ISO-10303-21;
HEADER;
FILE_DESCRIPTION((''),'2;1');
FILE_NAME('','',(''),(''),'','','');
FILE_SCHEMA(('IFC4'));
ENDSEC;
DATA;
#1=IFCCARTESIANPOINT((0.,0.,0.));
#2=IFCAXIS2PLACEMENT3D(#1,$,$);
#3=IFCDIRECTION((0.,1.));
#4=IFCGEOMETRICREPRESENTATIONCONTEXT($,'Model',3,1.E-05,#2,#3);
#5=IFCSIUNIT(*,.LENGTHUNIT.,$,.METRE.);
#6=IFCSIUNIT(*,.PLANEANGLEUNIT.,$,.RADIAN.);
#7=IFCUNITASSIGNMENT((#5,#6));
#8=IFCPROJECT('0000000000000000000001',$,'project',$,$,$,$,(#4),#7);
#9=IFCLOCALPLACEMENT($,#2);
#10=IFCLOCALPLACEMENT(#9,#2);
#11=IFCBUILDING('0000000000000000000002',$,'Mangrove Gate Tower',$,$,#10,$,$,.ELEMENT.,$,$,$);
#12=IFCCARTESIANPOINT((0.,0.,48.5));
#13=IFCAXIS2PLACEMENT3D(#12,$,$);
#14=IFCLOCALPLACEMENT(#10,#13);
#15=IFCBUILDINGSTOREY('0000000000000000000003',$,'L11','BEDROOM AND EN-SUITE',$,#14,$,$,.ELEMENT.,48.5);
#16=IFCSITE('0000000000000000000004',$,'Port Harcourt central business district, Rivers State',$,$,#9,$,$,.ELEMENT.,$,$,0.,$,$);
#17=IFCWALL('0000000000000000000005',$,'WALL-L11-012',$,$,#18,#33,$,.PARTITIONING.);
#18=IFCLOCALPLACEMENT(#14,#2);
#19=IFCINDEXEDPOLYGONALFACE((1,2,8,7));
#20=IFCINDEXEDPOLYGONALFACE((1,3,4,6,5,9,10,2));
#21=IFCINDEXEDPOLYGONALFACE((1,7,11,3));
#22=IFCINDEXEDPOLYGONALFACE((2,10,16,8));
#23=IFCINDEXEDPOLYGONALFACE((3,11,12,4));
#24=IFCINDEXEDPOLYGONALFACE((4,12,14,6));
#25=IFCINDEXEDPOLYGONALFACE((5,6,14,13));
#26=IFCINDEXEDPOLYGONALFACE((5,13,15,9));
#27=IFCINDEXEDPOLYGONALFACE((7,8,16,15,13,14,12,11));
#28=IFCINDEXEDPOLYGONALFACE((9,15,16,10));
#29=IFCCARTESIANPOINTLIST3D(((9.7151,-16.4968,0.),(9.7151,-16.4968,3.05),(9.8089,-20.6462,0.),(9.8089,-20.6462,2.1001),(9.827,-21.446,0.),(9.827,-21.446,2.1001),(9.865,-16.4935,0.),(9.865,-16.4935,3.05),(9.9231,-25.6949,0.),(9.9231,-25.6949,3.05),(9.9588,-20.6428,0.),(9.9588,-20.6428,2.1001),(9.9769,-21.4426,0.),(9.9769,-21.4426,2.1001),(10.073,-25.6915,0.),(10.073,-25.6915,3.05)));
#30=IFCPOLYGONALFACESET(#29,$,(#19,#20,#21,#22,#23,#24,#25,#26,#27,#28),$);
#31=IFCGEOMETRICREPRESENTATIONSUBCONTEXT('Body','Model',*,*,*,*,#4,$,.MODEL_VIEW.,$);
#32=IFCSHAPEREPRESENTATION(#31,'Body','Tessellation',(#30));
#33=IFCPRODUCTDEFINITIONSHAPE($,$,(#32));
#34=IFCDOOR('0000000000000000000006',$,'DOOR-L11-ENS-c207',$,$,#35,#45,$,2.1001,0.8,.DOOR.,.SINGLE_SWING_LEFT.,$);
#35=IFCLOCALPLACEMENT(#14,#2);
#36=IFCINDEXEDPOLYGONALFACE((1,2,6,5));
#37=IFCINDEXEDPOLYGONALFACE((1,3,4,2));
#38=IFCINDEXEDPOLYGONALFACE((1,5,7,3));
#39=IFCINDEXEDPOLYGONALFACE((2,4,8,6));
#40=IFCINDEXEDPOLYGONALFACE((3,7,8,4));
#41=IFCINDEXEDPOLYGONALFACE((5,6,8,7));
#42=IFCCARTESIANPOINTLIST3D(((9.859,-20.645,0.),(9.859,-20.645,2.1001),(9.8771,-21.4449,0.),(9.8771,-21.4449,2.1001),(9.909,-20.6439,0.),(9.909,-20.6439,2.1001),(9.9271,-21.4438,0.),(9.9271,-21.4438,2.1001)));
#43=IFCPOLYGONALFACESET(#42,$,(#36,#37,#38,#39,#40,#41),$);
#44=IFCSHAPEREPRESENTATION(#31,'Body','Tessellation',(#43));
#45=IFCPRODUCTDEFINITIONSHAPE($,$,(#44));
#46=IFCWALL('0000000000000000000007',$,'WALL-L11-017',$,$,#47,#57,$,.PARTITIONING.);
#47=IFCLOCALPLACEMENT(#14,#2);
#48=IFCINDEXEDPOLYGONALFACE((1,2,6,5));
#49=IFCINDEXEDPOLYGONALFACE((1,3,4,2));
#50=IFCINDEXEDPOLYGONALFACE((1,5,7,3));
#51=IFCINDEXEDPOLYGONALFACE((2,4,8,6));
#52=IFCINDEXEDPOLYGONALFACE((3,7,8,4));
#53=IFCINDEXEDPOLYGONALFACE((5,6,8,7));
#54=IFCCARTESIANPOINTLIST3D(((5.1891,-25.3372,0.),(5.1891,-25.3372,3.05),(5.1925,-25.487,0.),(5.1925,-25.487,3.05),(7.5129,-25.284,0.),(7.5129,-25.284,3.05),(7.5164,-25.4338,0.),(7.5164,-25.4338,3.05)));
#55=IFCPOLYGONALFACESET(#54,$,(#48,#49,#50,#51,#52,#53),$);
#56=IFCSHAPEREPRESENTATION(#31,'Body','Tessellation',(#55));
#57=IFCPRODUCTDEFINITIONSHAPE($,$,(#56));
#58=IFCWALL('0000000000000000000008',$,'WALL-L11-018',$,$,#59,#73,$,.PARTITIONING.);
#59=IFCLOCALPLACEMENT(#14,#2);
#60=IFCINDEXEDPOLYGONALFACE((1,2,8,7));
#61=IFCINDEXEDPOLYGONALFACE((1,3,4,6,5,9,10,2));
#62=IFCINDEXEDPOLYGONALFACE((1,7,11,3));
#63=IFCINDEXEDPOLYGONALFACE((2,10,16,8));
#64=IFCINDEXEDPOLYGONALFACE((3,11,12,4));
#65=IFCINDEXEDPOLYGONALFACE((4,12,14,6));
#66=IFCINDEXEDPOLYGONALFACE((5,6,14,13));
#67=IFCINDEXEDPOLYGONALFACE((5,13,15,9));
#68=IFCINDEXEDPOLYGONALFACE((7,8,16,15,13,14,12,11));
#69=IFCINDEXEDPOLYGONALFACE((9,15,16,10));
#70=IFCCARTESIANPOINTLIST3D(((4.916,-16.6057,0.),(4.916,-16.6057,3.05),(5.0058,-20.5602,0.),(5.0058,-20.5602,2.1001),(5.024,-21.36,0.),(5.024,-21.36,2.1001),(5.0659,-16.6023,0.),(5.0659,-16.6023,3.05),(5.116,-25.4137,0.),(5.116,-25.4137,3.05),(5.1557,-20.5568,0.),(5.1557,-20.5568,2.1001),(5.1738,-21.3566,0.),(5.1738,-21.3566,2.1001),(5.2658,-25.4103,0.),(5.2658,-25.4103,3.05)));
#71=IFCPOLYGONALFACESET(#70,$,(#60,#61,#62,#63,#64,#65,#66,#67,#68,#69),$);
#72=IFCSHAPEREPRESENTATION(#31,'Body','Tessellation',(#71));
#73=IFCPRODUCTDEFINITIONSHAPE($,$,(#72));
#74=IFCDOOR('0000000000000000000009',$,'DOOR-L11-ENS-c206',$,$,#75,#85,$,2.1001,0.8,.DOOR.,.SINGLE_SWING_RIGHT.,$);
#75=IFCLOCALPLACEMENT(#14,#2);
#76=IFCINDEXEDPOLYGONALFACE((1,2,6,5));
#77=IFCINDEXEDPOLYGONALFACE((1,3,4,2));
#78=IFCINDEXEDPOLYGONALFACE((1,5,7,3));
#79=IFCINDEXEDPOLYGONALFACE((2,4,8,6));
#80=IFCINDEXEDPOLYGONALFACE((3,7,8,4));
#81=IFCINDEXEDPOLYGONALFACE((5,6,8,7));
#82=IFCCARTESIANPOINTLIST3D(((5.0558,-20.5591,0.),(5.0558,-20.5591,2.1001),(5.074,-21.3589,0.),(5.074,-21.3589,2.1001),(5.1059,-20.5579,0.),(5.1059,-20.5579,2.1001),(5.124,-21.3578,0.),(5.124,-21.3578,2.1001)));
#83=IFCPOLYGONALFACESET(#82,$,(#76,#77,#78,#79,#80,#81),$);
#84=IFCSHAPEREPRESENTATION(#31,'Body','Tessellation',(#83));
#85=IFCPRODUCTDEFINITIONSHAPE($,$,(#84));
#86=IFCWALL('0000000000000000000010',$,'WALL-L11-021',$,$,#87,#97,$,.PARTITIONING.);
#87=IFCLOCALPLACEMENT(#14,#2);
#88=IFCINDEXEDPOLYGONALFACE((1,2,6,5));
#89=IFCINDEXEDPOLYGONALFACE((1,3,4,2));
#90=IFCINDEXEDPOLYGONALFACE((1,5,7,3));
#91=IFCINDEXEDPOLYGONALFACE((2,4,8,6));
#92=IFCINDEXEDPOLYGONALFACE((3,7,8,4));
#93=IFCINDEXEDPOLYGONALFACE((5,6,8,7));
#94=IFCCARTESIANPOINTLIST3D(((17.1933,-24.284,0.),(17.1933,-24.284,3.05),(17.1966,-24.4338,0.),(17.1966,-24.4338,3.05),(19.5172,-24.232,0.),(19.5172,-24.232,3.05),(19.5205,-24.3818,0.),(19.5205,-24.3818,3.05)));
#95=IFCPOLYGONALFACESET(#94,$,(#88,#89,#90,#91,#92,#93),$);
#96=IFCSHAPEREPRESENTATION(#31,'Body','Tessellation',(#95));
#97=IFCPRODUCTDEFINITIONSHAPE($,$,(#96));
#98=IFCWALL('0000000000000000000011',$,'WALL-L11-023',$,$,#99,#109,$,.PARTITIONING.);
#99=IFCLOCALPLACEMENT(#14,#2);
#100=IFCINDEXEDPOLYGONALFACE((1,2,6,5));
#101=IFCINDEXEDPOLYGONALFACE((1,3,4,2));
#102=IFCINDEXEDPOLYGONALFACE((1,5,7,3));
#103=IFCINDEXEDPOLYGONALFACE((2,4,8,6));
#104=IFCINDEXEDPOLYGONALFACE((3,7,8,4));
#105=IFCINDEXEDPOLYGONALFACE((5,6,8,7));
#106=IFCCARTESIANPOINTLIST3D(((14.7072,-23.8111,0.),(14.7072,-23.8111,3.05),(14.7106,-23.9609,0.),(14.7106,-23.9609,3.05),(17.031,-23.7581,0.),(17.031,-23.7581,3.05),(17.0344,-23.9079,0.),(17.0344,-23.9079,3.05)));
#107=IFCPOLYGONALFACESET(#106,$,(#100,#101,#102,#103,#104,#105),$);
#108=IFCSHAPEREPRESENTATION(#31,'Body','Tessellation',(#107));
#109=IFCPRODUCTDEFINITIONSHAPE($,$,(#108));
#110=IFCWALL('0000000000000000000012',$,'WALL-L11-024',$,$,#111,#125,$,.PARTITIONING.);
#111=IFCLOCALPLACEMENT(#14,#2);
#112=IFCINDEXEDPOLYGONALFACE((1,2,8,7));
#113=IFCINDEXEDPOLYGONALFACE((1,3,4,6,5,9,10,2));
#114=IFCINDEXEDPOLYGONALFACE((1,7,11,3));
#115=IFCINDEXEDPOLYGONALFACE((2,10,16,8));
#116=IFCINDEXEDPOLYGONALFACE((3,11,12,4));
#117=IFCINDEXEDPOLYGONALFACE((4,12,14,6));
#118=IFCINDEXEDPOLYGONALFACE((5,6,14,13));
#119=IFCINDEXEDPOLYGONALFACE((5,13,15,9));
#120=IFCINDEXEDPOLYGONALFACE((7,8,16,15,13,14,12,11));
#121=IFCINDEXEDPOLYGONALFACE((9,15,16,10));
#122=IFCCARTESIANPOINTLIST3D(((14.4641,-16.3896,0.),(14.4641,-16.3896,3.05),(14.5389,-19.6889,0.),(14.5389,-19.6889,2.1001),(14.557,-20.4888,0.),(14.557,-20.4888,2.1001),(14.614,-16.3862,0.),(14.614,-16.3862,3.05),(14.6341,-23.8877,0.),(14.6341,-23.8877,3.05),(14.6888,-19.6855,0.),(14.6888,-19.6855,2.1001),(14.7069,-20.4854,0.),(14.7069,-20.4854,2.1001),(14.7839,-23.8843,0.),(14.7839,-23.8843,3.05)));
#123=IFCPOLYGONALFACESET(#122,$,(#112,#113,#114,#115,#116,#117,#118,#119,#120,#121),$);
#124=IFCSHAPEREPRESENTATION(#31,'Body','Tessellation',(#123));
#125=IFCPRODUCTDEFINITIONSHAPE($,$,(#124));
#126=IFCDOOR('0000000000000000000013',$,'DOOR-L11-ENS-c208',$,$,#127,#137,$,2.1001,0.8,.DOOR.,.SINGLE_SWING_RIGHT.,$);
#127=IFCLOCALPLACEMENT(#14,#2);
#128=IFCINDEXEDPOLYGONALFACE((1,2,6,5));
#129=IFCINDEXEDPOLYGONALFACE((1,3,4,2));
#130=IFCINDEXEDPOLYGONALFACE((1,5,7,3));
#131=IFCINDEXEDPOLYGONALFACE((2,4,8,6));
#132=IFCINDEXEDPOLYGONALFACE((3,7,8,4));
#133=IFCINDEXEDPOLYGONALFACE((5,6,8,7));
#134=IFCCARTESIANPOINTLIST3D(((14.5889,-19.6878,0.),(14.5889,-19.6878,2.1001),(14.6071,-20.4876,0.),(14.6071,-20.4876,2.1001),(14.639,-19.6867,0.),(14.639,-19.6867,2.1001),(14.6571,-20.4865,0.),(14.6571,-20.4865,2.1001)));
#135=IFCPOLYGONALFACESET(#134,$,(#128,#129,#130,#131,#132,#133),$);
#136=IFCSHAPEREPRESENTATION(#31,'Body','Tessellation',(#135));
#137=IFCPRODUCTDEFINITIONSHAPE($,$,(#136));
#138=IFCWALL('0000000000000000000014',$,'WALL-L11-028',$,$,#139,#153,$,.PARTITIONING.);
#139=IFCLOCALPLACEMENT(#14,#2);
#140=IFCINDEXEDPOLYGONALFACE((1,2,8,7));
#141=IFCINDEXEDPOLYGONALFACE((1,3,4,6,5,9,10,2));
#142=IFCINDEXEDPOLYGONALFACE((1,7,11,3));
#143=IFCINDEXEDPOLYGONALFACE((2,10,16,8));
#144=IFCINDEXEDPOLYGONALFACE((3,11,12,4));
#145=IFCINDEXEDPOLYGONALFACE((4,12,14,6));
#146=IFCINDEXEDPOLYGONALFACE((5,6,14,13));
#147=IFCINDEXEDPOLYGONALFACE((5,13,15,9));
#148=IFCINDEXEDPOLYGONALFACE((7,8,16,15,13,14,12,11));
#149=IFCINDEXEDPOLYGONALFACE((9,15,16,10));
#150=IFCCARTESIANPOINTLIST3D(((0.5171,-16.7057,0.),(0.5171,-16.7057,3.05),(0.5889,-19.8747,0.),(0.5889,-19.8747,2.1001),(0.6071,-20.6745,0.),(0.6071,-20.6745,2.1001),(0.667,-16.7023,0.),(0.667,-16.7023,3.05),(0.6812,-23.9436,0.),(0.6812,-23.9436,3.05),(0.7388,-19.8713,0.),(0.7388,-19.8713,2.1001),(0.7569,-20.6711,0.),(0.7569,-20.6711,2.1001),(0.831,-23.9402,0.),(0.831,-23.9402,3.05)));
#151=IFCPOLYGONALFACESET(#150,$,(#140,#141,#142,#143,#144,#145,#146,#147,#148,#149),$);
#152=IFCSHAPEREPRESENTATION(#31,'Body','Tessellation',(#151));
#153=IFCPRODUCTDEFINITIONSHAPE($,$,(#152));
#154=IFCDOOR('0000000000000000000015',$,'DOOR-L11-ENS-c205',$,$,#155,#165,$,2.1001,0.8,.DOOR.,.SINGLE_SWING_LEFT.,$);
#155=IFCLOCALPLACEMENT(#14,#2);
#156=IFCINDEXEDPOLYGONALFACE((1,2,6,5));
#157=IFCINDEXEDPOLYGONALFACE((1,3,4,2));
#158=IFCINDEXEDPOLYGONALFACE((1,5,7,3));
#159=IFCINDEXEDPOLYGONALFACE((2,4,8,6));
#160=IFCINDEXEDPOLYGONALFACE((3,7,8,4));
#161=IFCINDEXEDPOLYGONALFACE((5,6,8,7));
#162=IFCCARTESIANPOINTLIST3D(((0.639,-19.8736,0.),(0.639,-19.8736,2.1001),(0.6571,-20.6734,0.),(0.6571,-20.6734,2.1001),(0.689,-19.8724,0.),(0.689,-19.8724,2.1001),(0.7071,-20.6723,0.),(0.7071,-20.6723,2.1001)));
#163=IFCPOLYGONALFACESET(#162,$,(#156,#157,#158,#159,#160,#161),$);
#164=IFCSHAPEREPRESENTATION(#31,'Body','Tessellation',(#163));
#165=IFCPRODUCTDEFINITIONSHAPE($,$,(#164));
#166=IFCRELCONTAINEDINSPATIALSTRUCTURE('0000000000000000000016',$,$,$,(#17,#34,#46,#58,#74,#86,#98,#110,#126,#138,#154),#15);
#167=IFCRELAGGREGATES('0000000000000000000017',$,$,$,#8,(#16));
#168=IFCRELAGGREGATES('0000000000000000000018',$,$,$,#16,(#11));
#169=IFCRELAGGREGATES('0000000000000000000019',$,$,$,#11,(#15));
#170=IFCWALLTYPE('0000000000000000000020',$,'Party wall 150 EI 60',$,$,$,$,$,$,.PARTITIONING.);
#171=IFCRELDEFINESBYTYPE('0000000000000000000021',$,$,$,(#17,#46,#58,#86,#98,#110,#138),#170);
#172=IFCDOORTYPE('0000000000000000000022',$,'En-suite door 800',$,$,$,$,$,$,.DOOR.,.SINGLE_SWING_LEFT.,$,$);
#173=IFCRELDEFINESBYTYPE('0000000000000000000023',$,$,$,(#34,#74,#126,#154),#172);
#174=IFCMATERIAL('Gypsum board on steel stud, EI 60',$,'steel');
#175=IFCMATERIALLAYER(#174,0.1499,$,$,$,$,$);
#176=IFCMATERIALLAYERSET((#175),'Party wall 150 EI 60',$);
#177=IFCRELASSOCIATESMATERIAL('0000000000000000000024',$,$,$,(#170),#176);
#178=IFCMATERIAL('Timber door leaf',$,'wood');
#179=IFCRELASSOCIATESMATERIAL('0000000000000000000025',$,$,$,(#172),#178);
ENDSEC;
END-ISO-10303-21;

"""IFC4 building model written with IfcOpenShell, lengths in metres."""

from ifc_helpers import new_model, si_unit, direction, frame, frame_2d, origin, place, context, subcontext, project, spatial, rectangle, extrude, material, layer, layer_set, type_object, element, fill, save


model = new_model("IFC4")

# Units and contexts
model_context = context("Model", 3, precision=1e-05, world=origin(), true_north=direction((0.0, 1.0)))
body_context = subcontext(model_context, "Body", "Model", "MODEL_VIEW")
ifc_project = project(units=[si_unit("LENGTHUNIT", "METRE"), si_unit("PLANEANGLEUNIT", "RADIAN")], contexts=[model_context])

# Site, building, storey
site_placement = place(None, origin())
site = spatial("IfcSite", under=ifc_project, at=site_placement, Name="Port Harcourt central business district, Rivers State", CompositionType="ELEMENT", RefElevation=0.0)
building_placement = place(site_placement, origin())
building = spatial("IfcBuilding", under=site, at=building_placement, Name="Mangrove Gate Tower", CompositionType="ELEMENT")
storey_placement = place(building_placement, frame((0.0, 0.0, 48.5)))
storey = spatial("IfcBuildingStorey", under=building, at=storey_placement, Name="L11", Description="BEDROOM AND EN-SUITE", CompositionType="ELEMENT", Elevation=48.5)

# Shared definitions
ifc_material_1 = material(Name="Gypsum board on steel stud, EI 60", Category="steel")
ifc_layer_1 = layer(ifc_material_1, 0.1499)
ifc_layer_set_1 = layer_set([ifc_layer_1], Name="Party wall 150 EI 60")
wall_type_1 = type_object("IfcWallType", Name="Party wall 150 EI 60", PredefinedType="PARTITIONING", material=ifc_layer_set_1)

# Wall, opening, door
wall_1_placement = place(storey_placement, frame((9.998, -25.6931, 0.0), z_axis=(0.0, 0.0, 1.0), x_axis=(-0.022609, 0.999744, 0.0)))
wall_1 = element("IfcWall", 1, at=wall_1_placement, inside=storey, type_object=wall_type_1, Name="WALL-L11-012", PredefinedType="PARTITIONING", context=body_context, shape_type="SweptSolid", body=[
    extrude(rectangle(XDim=9.2004, YDim=0.1499, at=frame_2d((4.6001, 0.0))), origin(), (0.0, 0.0, 1.0), 3.05),
])
opening_1_placement = place(wall_1_placement, frame((4.25, 0.0, 0.0)))
opening_1 = element("IfcOpeningElement", 2, at=opening_1_placement, cuts=wall_1, PredefinedType="OPENING", context=body_context, shape_type="SweptSolid", body=[
    extrude(rectangle(XDim=0.8, YDim=2.1001, at=frame_2d((0.3999, 1.05))), frame((0.0, 0.085, 0.0), z_axis=(0.0, -1.0, 0.0), x_axis=(1.0, 0.0, 0.0)), (0.0, 0.0, 1.0), 0.1699),
])
ifc_material_2 = material(Name="Timber door leaf", Category="wood")
door_type_1 = type_object("IfcDoorType", Name="En-suite door 800", OperationType="SINGLE_SWING_LEFT", PredefinedType="DOOR", material=ifc_material_2)
door_1_placement = place(opening_1_placement, origin())
door_1 = element("IfcDoor", 3, at=door_1_placement, inside=storey, type_object=door_type_1, Name="DOOR-L11-ENS-c207", OperationType="SINGLE_SWING_LEFT", OverallHeight=2.1001, OverallWidth=0.8, PredefinedType="DOOR", context=body_context, shape_type="SweptSolid", body=[
    extrude(rectangle(XDim=0.8, YDim=2.1001, at=frame_2d((0.3999, 1.05))), frame((0.0, 0.0249, 0.0), z_axis=(0.0, -1.0, 0.0), x_axis=(1.0, 0.0, 0.0)), (0.0, 0.0, 1.0), 0.05),
])
fill(opening_1, door_1)

# Wall
wall_2_placement = place(storey_placement, frame((5.1909, -25.4121, 0.0), z_axis=(0.0, 0.0, 1.0), x_axis=(0.999738, 0.022896, 0.0)))
element("IfcWall", 4, at=wall_2_placement, inside=storey, type_object=wall_type_1, Name="WALL-L11-017", PredefinedType="PARTITIONING", context=body_context, shape_type="SweptSolid", body=[
    extrude(rectangle(XDim=2.3245, YDim=0.1499, at=frame_2d((1.1621, 0.0))), origin(), (0.0, 0.0, 1.0), 3.05),
])

# Wall, opening, door
wall_3_placement = place(storey_placement, frame((5.1909, -25.4121, 0.0), z_axis=(0.0, 0.0, 1.0), x_axis=(-0.022695, 0.999742, 0.0)))
wall_3 = element("IfcWall", 5, at=wall_3_placement, inside=storey, type_object=wall_type_1, Name="WALL-L11-018", PredefinedType="PARTITIONING", context=body_context, shape_type="SweptSolid", body=[
    extrude(rectangle(XDim=8.8103, YDim=0.1499, at=frame_2d((4.4053, 0.0))), origin(), (0.0, 0.0, 1.0), 3.05),
])
opening_2_placement = place(wall_3_placement, frame((4.0549, 0.0, 0.0)))
opening_2 = element("IfcOpeningElement", 6, at=opening_2_placement, cuts=wall_3, PredefinedType="OPENING", context=body_context, shape_type="SweptSolid", body=[
    extrude(rectangle(XDim=0.8, YDim=2.1001, at=frame_2d((0.3999, 1.05))), frame((0.0, 0.085, 0.0), z_axis=(0.0, -1.0, 0.0), x_axis=(1.0, 0.0, 0.0)), (0.0, 0.0, 1.0), 0.1699),
])
door_2_placement = place(opening_2_placement, origin())
door_2 = element("IfcDoor", 7, at=door_2_placement, inside=storey, type_object=door_type_1, Name="DOOR-L11-ENS-c206", OperationType="SINGLE_SWING_RIGHT", OverallHeight=2.1001, OverallWidth=0.8, PredefinedType="DOOR", context=body_context, shape_type="SweptSolid", body=[
    extrude(rectangle(XDim=0.8, YDim=2.1001, at=frame_2d((0.3999, 1.05))), frame((0.0, 0.0249, 0.0), z_axis=(0.0, -1.0, 0.0), x_axis=(1.0, 0.0, 0.0)), (0.0, 0.0, 1.0), 0.05),
])
fill(opening_2, door_2)

# Walls
for number, where, z_axis, x_axis, name in (
    (8, (17.1951, -24.3589, 0.0), (0.0, 0.0, 1.0), (0.99975, 0.022371, 0.0), "WALL-L11-021"),
    (9, (14.709, -23.886, 0.0), (0.0, 0.0, 1.0), (0.99974, 0.022791, 0.0), "WALL-L11-023"),
):
    element("IfcWall", number, at=place(storey_placement, frame(where, z_axis=z_axis, x_axis=x_axis)), inside=storey, type_object=wall_type_1, Name=name, PredefinedType="PARTITIONING", context=body_context, shape_type="SweptSolid", body=[
        extrude(rectangle(XDim=2.3245, YDim=0.1499, at=frame_2d((1.1621, 0.0))), origin(), (0.0, 0.0, 1.0), 3.05),
    ])

# Walls, openings, doors
wall_4_placement = place(storey_placement, frame((14.709, -23.886, 0.0), z_axis=(0.0, 0.0, 1.0), x_axis=(-0.022656, 0.999743, 0.0)))
wall_4 = element("IfcWall", 10, at=wall_4_placement, inside=storey, type_object=wall_type_1, Name="WALL-L11-024", PredefinedType="PARTITIONING", context=body_context, shape_type="SweptSolid", body=[
    extrude(rectangle(XDim=7.5, YDim=0.1499, at=frame_2d((3.75, 0.0))), origin(), (0.0, 0.0, 1.0), 3.05),
])
opening_3_placement = place(wall_4_placement, frame((3.3999, 0.0, 0.0)))
opening_3 = element("IfcOpeningElement", 11, at=opening_3_placement, cuts=wall_4, PredefinedType="OPENING", context=body_context, shape_type="SweptSolid", body=[
    extrude(rectangle(XDim=0.8, YDim=2.1001, at=frame_2d((0.3999, 1.05))), frame((0.0, 0.085, 0.0), z_axis=(0.0, -1.0, 0.0), x_axis=(1.0, 0.0, 0.0)), (0.0, 0.0, 1.0), 0.1699),
])
door_3_placement = place(opening_3_placement, origin())
door_3 = element("IfcDoor", 12, at=door_3_placement, inside=storey, type_object=door_type_1, Name="DOOR-L11-ENS-c208", OperationType="SINGLE_SWING_RIGHT", OverallHeight=2.1001, OverallWidth=0.8, PredefinedType="DOOR", context=body_context, shape_type="SweptSolid", body=[
    extrude(rectangle(XDim=0.8, YDim=2.1001, at=frame_2d((0.3999, 1.05))), frame((0.0, 0.0249, 0.0), z_axis=(0.0, -1.0, 0.0), x_axis=(1.0, 0.0, 0.0)), (0.0, 0.0, 1.0), 0.05),
])
fill(opening_3, door_3)
wall_5_placement = place(storey_placement, frame((0.7561, -23.9419, 0.0), z_axis=(0.0, 0.0, 1.0), x_axis=(-0.022662, 0.999743, 0.0)))
wall_5 = element("IfcWall", 13, at=wall_5_placement, inside=storey, type_object=wall_type_1, Name="WALL-L11-028", PredefinedType="PARTITIONING", context=body_context, shape_type="SweptSolid", body=[
    extrude(rectangle(XDim=7.2397, YDim=0.1499, at=frame_2d((3.6199, 0.0))), origin(), (0.0, 0.0, 1.0), 3.05),
])
opening_4_placement = place(wall_5_placement, frame((3.27, 0.0, 0.0)))
opening_4 = element("IfcOpeningElement", 14, at=opening_4_placement, cuts=wall_5, PredefinedType="OPENING", context=body_context, shape_type="SweptSolid", body=[
    extrude(rectangle(XDim=0.8, YDim=2.1001, at=frame_2d((0.3999, 1.05))), frame((0.0, 0.085, 0.0), z_axis=(0.0, -1.0, 0.0), x_axis=(1.0, 0.0, 0.0)), (0.0, 0.0, 1.0), 0.1699),
])
door_4_placement = place(opening_4_placement, origin())
door_4 = element("IfcDoor", 15, at=door_4_placement, inside=storey, type_object=door_type_1, Name="DOOR-L11-ENS-c205", OperationType="SINGLE_SWING_LEFT", OverallHeight=2.1001, OverallWidth=0.8, PredefinedType="DOOR", context=body_context, shape_type="SweptSolid", body=[
    extrude(rectangle(XDim=0.8, YDim=2.1001, at=frame_2d((0.3999, 1.05))), frame((0.0, 0.0249, 0.0), z_axis=(0.0, -1.0, 0.0), x_axis=(1.0, 0.0, 0.0)), (0.0, 0.0, 1.0), 0.05),
])
fill(opening_4, door_4)

save(model, "model.ifc")
